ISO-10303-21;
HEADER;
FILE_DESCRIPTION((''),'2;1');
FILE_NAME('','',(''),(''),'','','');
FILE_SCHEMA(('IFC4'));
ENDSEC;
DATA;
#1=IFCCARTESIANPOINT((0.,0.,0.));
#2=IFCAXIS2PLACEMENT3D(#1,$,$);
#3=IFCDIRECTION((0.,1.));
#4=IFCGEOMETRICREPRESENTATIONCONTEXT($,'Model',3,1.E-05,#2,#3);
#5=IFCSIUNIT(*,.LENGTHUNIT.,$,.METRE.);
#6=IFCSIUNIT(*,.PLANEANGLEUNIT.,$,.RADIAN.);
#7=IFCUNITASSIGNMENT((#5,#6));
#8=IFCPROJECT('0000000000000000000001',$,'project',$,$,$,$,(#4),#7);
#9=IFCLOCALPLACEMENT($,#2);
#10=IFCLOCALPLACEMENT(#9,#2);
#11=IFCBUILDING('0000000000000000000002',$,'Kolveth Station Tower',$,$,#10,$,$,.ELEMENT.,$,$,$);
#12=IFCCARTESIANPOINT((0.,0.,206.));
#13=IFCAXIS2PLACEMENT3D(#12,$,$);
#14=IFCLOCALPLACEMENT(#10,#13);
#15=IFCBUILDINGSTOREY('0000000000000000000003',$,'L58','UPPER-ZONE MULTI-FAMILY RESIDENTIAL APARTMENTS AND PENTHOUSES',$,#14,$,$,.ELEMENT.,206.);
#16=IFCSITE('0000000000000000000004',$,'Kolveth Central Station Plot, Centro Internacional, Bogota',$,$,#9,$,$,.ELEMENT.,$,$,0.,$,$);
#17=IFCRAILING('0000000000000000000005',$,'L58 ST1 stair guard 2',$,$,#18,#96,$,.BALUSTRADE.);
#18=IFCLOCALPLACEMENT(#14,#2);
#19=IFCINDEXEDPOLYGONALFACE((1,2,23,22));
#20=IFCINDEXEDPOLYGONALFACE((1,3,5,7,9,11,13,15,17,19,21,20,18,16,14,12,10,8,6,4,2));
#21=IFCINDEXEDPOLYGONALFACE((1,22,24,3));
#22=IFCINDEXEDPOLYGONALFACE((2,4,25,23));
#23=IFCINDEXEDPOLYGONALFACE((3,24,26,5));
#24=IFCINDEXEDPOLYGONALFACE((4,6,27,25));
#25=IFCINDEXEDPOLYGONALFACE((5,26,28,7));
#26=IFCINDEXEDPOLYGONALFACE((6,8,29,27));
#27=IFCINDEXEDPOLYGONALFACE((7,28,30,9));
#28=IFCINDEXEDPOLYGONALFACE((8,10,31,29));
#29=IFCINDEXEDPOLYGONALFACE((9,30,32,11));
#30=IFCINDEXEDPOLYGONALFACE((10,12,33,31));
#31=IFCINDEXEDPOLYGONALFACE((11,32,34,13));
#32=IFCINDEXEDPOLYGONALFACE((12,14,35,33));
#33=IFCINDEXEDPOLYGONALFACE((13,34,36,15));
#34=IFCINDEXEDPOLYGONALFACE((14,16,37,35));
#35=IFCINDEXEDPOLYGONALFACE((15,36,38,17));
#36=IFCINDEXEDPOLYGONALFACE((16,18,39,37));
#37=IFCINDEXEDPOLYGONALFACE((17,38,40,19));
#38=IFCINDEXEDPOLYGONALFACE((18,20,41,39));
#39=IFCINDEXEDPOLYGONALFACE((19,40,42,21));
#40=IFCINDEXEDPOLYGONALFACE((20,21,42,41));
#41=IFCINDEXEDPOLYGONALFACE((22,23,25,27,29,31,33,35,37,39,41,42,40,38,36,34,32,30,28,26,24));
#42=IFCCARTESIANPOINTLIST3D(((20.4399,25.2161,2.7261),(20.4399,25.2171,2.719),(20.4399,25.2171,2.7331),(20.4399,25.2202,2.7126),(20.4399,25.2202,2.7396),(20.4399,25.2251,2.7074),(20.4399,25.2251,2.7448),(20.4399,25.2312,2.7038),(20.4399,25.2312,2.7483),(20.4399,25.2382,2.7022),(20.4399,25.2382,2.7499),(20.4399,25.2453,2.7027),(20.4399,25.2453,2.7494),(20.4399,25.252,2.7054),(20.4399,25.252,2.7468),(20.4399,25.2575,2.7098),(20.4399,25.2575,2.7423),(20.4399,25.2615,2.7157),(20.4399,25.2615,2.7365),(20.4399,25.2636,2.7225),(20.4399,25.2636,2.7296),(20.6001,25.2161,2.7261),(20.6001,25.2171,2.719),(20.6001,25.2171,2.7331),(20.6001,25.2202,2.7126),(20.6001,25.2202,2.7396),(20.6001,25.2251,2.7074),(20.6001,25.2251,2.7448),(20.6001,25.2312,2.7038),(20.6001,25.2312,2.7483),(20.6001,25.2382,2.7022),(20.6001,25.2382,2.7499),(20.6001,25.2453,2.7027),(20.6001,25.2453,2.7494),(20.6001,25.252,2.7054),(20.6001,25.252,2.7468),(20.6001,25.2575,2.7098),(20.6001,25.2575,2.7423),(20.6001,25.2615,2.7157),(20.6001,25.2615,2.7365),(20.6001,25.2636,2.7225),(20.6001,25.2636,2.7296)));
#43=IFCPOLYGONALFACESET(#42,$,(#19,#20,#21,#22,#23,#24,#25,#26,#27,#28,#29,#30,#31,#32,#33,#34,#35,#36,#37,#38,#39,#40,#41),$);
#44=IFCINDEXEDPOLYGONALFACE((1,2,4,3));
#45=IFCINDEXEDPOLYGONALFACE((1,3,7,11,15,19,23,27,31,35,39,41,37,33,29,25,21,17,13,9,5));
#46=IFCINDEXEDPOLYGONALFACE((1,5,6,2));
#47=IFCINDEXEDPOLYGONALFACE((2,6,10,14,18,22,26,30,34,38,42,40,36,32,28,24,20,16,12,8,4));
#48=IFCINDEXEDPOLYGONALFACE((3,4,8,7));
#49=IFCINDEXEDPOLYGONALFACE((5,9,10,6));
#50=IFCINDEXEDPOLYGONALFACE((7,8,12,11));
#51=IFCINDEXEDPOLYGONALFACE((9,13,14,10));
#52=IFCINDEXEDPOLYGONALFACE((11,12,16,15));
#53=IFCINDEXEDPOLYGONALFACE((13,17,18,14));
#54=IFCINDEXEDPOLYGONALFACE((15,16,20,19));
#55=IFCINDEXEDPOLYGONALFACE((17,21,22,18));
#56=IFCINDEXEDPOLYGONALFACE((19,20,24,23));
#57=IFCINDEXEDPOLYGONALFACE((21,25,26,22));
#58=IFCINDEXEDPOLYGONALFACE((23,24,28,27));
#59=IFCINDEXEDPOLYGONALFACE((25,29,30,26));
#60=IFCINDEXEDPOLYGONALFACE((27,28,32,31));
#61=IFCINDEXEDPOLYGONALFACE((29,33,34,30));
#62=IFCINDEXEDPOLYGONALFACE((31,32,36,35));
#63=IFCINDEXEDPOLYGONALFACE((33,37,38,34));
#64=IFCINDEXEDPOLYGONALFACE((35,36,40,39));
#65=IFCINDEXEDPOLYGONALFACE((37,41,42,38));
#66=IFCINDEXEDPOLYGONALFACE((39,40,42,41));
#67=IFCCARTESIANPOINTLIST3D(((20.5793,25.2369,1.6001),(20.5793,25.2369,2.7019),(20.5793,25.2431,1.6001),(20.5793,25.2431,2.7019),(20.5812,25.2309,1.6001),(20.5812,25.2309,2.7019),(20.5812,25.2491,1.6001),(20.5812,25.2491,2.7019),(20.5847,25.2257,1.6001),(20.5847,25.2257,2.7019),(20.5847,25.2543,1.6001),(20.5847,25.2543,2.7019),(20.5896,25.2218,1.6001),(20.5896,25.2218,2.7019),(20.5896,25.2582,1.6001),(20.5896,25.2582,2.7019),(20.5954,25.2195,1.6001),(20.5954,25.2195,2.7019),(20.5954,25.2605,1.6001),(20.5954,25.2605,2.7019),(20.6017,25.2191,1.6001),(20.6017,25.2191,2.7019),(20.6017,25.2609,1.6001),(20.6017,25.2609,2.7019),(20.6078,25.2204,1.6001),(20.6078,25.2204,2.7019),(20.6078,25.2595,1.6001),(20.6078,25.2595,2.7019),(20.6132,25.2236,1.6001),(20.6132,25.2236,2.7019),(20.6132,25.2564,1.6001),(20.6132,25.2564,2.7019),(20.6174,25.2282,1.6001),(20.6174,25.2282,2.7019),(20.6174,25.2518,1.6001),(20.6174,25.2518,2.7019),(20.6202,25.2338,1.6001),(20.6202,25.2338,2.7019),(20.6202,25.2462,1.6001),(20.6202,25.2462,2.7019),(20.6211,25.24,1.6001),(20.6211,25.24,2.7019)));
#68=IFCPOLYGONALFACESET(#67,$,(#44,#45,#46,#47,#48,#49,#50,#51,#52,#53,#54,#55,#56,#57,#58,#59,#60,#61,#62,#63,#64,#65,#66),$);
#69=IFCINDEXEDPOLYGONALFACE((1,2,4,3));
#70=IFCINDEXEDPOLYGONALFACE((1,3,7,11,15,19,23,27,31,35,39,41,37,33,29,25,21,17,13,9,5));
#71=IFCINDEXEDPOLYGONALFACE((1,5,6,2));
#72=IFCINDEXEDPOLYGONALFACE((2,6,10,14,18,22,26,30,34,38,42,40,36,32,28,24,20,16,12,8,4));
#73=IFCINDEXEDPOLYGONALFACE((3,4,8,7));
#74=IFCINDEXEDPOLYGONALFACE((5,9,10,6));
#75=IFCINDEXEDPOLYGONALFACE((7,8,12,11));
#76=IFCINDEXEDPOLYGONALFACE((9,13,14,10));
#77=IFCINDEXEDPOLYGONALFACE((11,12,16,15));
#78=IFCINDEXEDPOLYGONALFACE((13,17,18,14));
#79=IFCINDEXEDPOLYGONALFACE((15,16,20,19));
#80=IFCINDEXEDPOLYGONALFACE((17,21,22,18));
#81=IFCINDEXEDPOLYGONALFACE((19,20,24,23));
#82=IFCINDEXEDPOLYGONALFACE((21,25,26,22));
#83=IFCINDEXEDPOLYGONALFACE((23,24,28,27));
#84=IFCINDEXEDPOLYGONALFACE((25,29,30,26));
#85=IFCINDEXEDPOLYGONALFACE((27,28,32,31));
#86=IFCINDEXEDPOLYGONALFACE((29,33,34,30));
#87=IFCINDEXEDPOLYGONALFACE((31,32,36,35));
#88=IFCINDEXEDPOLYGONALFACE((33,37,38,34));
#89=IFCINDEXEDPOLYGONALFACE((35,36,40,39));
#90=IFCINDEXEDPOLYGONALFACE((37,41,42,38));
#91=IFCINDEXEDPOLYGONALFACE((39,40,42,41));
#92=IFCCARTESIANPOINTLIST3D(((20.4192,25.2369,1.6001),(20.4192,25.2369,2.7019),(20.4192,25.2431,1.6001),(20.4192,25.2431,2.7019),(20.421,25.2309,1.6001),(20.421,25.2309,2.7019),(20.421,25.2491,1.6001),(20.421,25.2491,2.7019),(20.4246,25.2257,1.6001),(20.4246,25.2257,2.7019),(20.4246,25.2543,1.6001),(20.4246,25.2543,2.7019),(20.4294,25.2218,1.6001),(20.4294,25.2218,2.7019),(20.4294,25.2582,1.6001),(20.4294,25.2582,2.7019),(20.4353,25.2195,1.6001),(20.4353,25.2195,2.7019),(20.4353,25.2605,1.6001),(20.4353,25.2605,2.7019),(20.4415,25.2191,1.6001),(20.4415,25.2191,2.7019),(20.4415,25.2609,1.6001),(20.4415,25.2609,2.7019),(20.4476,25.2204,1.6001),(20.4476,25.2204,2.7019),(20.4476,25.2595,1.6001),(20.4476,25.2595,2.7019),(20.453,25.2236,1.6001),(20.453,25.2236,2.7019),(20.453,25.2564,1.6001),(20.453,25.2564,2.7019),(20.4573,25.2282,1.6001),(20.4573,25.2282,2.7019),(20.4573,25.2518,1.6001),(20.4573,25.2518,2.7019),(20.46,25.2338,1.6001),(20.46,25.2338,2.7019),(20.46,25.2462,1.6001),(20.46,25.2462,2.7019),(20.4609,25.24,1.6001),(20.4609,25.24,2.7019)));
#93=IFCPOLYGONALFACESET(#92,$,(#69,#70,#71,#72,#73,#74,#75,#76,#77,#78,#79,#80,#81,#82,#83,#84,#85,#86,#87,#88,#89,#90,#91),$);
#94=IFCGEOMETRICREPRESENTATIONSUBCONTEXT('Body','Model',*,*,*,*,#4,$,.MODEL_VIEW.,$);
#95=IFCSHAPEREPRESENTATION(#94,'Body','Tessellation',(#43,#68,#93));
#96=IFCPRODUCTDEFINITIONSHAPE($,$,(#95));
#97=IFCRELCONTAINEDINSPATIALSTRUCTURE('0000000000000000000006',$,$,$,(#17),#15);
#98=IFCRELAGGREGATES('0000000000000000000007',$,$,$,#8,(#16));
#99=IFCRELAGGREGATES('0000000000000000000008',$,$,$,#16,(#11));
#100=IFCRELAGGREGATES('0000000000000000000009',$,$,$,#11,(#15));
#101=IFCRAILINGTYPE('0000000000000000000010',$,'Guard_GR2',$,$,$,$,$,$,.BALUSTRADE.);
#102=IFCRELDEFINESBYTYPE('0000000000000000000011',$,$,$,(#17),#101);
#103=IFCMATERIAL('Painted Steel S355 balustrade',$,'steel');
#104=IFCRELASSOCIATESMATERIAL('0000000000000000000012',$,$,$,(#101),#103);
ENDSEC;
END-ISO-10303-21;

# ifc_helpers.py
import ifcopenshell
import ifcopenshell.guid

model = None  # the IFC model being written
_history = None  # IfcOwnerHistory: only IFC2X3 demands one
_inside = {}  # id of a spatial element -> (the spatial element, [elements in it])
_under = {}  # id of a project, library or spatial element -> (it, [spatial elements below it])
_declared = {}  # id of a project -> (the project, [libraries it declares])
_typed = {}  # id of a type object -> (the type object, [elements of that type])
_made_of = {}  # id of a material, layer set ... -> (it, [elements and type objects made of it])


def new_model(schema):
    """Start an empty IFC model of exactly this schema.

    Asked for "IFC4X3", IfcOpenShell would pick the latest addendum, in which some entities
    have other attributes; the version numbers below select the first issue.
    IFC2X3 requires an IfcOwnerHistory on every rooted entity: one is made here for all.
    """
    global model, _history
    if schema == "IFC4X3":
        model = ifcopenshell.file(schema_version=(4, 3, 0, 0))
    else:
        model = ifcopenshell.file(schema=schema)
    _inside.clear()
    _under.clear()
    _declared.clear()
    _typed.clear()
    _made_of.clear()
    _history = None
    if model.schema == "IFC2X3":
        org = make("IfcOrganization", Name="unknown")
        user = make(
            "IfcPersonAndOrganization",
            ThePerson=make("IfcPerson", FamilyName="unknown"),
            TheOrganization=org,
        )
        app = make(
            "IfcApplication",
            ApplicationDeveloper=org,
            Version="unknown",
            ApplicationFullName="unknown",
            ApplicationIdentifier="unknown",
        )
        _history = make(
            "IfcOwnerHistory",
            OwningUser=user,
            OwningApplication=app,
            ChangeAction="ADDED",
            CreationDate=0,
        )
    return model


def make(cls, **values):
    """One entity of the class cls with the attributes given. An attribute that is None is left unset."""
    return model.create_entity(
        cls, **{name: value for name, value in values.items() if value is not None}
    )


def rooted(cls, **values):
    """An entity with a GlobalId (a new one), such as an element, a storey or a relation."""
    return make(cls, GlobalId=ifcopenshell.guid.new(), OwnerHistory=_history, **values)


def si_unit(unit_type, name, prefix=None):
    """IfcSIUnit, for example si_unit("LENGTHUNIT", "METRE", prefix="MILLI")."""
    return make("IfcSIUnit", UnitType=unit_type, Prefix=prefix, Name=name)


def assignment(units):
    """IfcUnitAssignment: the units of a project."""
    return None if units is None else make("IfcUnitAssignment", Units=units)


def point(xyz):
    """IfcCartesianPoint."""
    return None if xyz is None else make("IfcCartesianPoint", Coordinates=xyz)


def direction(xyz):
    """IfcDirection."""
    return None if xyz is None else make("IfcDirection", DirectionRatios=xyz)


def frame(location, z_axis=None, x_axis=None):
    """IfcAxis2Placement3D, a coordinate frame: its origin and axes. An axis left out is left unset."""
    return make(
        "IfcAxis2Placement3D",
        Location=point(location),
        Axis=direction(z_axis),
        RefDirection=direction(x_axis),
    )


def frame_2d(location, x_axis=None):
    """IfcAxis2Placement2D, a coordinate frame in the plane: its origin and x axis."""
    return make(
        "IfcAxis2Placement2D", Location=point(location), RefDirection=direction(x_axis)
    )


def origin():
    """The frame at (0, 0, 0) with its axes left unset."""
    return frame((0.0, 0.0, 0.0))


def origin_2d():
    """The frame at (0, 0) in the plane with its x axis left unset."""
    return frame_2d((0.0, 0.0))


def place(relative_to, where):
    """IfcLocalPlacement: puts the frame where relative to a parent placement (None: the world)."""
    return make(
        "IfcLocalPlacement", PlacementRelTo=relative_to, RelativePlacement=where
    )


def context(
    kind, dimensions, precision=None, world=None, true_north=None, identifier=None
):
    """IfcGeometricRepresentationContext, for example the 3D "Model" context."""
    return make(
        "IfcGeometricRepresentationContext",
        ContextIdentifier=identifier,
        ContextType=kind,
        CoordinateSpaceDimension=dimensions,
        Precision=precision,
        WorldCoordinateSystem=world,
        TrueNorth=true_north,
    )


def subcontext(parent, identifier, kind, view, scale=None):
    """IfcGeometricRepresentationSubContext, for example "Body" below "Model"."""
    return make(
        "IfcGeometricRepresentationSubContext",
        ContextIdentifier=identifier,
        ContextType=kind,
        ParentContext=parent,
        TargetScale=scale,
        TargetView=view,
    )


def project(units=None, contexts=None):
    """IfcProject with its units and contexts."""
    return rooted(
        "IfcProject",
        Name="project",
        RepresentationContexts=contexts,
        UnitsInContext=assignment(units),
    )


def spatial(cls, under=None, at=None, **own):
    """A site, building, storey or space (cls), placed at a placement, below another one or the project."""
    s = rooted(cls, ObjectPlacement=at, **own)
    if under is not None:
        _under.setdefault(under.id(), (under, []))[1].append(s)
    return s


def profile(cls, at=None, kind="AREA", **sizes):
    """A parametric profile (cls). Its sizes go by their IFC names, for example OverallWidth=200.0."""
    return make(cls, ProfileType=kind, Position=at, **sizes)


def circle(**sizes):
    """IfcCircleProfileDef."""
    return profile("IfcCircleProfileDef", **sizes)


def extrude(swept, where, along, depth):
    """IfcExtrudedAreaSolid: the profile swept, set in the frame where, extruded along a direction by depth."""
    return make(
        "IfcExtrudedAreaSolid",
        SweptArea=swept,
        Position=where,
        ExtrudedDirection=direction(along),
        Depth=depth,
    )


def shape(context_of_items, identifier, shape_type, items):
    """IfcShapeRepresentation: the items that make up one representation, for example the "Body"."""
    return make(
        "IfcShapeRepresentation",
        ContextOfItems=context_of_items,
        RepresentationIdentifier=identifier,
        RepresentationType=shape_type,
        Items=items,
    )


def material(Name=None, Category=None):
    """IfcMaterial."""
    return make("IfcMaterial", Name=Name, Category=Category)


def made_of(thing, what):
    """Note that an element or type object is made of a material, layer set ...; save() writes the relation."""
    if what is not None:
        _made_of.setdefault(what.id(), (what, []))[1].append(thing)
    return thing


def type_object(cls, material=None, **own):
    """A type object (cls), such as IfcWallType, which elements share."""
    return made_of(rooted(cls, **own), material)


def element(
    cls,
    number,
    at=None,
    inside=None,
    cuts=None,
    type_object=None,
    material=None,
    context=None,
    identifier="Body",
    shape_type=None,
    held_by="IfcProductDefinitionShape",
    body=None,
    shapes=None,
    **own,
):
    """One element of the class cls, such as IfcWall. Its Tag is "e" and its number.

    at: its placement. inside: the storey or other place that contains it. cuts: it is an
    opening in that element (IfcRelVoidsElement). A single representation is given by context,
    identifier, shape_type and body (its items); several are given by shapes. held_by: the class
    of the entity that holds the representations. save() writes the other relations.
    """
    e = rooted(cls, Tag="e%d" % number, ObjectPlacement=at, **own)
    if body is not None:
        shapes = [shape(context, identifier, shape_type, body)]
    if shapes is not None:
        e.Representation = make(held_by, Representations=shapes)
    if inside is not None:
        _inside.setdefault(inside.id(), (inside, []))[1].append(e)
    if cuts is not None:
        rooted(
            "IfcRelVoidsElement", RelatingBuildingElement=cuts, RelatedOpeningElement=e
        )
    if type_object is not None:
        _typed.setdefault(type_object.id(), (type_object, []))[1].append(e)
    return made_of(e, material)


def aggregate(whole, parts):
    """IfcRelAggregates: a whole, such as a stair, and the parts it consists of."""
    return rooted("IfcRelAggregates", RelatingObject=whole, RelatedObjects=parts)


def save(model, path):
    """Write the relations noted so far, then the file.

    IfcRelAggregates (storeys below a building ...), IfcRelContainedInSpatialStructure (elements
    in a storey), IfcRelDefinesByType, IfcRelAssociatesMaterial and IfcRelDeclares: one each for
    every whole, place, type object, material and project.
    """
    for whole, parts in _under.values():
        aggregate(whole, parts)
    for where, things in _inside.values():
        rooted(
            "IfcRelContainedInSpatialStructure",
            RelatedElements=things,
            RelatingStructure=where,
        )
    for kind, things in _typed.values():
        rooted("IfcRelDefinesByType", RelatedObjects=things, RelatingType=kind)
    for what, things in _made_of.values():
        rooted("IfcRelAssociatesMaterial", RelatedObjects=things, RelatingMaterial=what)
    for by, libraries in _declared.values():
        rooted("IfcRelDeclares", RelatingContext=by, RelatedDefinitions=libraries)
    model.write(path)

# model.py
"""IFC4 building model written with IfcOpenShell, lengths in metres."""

from ifc_helpers import new_model, si_unit, direction, frame, origin, origin_2d, place, context, subcontext, project, spatial, circle, extrude, material, type_object, element, save


model = new_model("IFC4")

# Units and contexts
model_context = context("Model", 3, precision=1e-05, world=origin(), true_north=direction((0.0, 1.0)))
body_context = subcontext(model_context, "Body", "Model", "MODEL_VIEW")
ifc_project = project(units=[si_unit("LENGTHUNIT", "METRE"), si_unit("PLANEANGLEUNIT", "RADIAN")], contexts=[model_context])

# Site, building, storey
site_placement = place(None, origin())
site = spatial("IfcSite", under=ifc_project, at=site_placement, Name="Kolveth Central Station Plot, Centro Internacional, Bogota", CompositionType="ELEMENT", RefElevation=0.0)
building_placement = place(site_placement, origin())
building = spatial("IfcBuilding", under=site, at=building_placement, Name="Kolveth Station Tower", CompositionType="ELEMENT")
storey_placement = place(building_placement, frame((0.0, 0.0, 206.0)))
storey = spatial("IfcBuildingStorey", under=building, at=storey_placement, Name="L58", Description="UPPER-ZONE MULTI-FAMILY RESIDENTIAL APARTMENTS AND PENTHOUSES", CompositionType="ELEMENT", Elevation=206.0)

# Railing
ifc_material_1 = material(Name="Painted Steel S355 balustrade", Category="steel")
railing_type_1 = type_object("IfcRailingType", Name="Guard_GR2", PredefinedType="BALUSTRADE", material=ifc_material_1)
railing_1_placement = place(storey_placement, frame((20.6001, 25.24, 1.6001)))
element("IfcRailing", 1, at=railing_1_placement, inside=storey, type_object=railing_type_1, Name="L58 ST1 stair guard 2", PredefinedType="BALUSTRADE", context=body_context, shape_type="SweptSolid", body=[
    extrude(circle(Radius=0.0239, at=origin_2d()), frame((0.0, 0.0, 1.126), z_axis=(-1.0, 0.0, 0.0), x_axis=(0.0, -1.0, 0.0)), (0.0, 0.0, 1.0), 0.1602),
    extrude(circle(Radius=0.021, at=origin_2d()), origin(), (0.0, 0.0, 1.0), 1.1018),
    extrude(circle(Radius=0.021, at=origin_2d()), frame((-0.1602, 0.0, 0.0)), (0.0, 0.0, 1.0), 1.1018),
])

save(model, "model.ifc")
